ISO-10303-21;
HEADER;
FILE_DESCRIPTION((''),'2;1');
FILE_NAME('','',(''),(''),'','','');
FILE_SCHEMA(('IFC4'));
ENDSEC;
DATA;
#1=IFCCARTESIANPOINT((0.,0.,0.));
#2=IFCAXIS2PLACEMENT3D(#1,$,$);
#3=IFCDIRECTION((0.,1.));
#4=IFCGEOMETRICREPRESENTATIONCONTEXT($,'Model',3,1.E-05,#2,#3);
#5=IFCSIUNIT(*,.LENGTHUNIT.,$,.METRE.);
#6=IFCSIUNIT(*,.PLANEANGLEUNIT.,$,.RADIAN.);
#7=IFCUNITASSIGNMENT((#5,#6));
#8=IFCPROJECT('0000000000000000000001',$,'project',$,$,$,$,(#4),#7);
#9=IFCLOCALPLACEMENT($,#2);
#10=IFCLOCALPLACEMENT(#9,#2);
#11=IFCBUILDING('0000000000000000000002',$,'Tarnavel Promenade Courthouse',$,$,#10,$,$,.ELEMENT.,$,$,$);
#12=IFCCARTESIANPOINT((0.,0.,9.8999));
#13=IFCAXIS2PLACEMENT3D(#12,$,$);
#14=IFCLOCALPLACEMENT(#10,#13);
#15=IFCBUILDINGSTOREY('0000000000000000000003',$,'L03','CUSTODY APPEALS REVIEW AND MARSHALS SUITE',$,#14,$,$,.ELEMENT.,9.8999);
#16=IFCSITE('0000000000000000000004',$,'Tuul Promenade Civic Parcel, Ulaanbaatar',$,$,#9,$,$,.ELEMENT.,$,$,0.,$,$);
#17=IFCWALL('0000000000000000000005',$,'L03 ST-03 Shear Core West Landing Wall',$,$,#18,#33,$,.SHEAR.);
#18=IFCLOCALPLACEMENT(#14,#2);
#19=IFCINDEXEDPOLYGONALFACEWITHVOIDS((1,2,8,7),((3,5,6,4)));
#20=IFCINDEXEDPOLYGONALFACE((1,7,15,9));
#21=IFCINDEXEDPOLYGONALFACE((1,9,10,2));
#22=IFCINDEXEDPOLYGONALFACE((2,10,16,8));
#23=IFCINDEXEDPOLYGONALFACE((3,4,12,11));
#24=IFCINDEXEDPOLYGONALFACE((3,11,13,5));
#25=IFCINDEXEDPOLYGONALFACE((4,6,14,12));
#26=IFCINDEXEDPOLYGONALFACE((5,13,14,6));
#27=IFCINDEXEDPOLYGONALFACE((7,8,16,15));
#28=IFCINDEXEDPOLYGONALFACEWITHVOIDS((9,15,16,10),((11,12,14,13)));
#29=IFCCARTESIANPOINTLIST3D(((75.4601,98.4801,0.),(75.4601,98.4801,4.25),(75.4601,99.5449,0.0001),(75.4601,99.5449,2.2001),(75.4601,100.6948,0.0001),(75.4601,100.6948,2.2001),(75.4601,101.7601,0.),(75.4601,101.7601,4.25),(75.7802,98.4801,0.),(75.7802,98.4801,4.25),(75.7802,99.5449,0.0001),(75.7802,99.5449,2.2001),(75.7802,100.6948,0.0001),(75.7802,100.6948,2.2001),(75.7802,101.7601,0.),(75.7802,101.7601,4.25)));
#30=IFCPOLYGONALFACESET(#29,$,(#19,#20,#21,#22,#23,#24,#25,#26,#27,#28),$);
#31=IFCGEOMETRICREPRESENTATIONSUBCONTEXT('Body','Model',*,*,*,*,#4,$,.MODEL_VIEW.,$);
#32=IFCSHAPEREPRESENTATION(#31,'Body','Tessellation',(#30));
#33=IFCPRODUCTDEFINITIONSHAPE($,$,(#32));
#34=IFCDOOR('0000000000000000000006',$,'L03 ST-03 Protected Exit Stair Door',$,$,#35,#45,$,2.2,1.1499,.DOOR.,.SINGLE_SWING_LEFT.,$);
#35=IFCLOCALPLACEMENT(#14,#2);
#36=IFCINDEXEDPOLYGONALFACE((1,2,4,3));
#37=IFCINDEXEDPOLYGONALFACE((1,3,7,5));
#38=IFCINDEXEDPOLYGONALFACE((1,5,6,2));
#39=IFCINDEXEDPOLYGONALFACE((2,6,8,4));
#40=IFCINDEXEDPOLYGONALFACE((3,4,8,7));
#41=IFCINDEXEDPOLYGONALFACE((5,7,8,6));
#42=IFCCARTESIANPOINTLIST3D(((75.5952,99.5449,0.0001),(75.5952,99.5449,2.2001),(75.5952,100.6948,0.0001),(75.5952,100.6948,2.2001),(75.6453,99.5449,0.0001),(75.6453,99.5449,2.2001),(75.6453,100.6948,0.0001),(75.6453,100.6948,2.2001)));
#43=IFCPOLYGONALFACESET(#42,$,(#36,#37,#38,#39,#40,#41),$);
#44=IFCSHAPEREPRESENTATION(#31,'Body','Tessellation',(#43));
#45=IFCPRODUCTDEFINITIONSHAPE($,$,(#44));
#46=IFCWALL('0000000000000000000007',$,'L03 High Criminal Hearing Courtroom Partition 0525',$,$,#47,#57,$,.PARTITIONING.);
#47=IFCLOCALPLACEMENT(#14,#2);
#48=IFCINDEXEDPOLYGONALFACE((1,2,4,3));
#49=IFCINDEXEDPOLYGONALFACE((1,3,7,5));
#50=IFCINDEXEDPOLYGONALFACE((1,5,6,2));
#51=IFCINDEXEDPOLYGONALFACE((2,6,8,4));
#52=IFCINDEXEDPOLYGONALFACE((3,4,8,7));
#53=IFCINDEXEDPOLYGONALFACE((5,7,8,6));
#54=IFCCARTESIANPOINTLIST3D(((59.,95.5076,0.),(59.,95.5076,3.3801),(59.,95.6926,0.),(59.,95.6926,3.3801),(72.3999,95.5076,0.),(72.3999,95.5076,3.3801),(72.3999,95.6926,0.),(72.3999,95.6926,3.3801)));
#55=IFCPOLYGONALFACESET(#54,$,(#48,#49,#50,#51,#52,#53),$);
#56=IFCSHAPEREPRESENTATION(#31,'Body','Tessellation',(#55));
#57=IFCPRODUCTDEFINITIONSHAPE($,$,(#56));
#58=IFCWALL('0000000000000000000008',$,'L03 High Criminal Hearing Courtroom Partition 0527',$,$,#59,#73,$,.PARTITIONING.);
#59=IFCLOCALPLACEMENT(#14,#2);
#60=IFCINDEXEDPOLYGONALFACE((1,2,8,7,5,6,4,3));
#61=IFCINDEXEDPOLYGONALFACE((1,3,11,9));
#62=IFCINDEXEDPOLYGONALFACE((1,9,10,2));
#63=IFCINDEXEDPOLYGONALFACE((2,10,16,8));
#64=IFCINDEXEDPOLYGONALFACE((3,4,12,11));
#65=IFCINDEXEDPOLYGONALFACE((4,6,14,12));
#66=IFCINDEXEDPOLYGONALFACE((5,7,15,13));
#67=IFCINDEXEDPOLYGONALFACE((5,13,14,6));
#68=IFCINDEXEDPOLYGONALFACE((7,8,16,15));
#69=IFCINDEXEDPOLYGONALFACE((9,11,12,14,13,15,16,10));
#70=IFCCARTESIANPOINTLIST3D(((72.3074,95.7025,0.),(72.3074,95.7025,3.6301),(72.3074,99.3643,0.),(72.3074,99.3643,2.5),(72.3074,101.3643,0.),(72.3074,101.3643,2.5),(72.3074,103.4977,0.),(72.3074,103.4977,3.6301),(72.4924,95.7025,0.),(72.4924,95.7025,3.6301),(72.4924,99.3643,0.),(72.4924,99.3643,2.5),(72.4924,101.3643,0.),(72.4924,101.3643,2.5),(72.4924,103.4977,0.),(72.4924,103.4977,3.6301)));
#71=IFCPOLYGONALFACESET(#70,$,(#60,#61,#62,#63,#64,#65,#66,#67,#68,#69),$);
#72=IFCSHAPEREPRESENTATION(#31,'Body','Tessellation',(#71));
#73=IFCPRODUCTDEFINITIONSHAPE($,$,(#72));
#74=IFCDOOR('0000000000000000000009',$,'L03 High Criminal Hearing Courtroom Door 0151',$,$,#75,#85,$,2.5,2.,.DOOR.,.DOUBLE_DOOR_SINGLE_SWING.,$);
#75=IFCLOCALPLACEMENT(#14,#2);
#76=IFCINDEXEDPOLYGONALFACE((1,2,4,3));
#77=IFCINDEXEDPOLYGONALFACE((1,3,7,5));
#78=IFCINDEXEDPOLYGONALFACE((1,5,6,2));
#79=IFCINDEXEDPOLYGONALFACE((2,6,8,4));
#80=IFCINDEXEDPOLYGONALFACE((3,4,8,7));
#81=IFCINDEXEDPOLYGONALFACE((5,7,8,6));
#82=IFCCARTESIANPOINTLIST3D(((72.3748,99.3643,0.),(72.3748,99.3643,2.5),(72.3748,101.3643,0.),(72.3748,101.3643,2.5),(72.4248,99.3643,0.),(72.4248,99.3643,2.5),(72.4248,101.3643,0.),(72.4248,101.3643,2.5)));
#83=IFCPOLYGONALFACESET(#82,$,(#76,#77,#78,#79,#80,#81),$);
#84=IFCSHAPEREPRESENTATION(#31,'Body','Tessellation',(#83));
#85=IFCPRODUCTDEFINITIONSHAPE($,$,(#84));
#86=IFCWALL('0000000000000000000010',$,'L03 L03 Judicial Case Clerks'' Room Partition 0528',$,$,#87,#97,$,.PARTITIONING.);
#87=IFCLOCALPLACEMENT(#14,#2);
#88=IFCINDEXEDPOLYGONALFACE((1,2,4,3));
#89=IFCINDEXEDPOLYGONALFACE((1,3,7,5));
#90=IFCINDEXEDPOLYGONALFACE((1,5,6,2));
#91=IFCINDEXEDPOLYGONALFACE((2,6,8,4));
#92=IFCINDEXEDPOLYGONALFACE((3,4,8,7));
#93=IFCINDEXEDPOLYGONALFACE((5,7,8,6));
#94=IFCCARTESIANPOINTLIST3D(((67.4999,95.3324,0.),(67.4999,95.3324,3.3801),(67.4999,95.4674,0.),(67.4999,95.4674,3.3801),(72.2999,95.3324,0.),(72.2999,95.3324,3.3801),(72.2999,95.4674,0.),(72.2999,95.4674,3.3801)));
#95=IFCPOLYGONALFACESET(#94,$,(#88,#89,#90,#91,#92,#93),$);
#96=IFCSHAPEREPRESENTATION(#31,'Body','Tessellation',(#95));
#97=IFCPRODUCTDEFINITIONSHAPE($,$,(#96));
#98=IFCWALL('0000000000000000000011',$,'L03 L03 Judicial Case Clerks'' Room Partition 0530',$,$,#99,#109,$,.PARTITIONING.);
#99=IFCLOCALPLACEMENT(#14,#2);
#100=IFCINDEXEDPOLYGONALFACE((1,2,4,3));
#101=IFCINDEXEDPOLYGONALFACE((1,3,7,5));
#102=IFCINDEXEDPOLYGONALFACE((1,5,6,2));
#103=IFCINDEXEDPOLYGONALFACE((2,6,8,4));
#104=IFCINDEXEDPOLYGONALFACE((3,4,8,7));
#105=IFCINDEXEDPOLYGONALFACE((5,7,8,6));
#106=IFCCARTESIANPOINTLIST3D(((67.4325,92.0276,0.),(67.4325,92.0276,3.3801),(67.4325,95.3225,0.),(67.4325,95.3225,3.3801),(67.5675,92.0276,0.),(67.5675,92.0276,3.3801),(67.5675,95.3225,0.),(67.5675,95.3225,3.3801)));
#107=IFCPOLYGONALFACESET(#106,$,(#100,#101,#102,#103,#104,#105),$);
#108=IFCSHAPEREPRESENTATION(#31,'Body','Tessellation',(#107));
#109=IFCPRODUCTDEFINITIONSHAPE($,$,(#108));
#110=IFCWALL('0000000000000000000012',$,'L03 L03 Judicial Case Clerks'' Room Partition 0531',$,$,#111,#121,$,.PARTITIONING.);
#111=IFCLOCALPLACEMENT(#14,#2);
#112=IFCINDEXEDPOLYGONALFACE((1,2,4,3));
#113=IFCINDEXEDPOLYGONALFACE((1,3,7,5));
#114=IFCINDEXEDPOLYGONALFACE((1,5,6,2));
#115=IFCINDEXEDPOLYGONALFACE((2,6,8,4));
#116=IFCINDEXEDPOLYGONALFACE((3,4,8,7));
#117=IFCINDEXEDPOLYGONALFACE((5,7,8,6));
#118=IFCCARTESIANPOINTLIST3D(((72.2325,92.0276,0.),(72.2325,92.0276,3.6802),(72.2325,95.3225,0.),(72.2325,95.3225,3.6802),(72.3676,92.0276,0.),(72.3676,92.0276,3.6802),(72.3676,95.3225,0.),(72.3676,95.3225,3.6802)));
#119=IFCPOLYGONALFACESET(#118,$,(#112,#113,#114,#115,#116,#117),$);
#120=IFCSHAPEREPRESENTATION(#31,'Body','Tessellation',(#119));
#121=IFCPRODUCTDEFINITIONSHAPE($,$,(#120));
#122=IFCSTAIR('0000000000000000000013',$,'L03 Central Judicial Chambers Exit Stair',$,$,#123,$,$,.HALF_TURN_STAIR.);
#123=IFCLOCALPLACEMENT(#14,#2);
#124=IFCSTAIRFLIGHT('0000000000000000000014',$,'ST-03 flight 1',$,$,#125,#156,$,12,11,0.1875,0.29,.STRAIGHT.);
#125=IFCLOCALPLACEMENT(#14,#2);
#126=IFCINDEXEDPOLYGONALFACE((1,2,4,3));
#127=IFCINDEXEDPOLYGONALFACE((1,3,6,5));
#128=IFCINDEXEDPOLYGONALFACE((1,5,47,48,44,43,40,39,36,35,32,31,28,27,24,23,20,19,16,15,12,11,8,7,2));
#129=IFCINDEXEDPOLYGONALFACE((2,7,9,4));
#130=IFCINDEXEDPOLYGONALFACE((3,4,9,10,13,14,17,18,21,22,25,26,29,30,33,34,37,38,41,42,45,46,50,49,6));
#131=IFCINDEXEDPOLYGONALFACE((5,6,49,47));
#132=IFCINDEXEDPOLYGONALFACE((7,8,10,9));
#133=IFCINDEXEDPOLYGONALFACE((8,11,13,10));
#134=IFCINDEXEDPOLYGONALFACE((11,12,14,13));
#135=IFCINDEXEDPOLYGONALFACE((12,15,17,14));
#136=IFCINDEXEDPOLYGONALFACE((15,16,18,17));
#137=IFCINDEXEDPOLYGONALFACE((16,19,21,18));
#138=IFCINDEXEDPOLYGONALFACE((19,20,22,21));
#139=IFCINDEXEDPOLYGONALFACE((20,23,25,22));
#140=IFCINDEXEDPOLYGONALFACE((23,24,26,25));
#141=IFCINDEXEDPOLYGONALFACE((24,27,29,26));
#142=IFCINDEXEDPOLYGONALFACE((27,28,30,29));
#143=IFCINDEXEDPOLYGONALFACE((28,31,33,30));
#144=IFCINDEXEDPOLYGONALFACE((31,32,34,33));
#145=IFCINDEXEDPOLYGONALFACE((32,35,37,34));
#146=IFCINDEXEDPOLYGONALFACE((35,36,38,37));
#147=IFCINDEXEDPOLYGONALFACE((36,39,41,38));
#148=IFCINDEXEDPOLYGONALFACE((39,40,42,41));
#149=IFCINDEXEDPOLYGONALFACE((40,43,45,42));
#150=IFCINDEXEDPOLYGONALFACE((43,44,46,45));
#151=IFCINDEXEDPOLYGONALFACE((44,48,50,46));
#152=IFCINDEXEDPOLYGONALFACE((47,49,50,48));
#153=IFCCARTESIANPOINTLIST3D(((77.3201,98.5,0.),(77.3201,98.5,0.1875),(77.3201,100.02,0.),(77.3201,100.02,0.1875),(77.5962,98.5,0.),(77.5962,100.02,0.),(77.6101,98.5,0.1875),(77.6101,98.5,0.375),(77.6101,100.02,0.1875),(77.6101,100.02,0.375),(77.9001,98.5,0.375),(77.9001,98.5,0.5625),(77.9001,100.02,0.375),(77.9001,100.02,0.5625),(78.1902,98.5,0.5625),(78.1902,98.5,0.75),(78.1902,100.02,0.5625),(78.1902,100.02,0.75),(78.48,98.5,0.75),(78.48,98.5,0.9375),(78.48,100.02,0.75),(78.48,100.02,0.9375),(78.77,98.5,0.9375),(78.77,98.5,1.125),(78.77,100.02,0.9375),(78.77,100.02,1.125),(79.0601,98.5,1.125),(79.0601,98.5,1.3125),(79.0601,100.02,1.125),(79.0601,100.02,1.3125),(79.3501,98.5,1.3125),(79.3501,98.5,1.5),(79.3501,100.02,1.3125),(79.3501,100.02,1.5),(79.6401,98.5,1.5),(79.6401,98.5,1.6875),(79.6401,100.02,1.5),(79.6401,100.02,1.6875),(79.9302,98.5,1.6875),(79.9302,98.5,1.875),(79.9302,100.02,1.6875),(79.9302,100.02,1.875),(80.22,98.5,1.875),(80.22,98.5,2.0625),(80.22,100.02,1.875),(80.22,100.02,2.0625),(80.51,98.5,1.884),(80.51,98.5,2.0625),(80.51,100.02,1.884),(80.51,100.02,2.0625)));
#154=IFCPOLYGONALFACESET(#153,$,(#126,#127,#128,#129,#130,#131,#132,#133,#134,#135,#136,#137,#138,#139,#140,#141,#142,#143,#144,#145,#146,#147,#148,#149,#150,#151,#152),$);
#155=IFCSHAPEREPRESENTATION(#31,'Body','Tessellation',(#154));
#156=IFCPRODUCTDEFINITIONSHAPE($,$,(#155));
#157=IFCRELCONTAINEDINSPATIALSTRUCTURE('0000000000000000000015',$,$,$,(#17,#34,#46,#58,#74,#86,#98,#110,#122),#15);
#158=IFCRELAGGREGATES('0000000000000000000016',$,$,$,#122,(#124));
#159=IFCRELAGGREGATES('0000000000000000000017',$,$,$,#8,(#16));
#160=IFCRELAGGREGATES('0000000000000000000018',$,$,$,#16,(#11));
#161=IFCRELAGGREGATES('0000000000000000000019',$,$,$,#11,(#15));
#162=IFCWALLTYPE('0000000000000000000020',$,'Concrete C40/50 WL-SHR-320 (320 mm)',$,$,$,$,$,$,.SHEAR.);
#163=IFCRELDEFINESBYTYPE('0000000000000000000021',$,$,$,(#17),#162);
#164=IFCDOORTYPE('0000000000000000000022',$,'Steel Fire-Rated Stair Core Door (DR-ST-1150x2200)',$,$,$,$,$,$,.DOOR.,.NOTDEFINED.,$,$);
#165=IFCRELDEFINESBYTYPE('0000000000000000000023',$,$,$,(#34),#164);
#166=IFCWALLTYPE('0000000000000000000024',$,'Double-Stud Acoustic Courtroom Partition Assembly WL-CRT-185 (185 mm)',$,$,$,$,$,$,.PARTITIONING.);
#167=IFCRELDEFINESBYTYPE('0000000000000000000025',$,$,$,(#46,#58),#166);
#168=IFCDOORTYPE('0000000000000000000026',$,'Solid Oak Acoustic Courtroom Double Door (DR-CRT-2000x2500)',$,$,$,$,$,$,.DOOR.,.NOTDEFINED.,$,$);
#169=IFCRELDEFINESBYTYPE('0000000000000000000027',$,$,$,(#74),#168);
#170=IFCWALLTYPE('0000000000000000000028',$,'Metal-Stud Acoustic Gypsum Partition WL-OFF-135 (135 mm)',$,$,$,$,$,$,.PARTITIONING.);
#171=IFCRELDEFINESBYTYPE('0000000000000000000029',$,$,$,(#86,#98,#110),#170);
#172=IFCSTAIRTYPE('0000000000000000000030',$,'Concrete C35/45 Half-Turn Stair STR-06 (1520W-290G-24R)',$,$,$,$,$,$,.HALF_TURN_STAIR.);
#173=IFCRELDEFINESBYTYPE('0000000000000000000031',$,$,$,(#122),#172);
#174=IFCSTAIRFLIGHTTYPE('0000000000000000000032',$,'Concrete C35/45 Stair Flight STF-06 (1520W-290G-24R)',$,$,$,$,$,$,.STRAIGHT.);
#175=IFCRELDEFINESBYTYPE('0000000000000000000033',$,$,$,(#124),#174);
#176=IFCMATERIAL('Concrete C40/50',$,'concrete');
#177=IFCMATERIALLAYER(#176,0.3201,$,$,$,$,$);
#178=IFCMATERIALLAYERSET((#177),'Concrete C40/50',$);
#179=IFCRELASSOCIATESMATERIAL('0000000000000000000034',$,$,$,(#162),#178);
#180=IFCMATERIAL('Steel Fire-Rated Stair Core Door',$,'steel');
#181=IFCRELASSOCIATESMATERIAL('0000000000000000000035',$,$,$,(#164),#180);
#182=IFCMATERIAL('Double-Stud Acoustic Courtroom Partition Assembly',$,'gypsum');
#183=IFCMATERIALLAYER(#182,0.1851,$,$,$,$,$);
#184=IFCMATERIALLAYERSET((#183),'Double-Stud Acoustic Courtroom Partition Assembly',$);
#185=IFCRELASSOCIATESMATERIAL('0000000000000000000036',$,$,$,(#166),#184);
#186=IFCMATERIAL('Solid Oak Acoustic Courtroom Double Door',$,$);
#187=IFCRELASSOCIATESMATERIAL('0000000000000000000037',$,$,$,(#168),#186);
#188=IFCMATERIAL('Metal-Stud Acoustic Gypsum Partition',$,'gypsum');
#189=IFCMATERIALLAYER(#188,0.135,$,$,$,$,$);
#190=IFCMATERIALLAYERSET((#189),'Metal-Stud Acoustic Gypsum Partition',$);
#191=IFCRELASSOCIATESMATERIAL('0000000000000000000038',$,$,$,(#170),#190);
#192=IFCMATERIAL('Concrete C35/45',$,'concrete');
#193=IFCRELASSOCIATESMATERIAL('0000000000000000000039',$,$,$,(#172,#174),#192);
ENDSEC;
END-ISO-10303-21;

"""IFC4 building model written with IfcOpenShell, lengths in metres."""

from ifc_helpers import new_model, si_unit, direction, frame, frame_2d, origin, place, context, subcontext, project, spatial, polyline, rectangle, outline, extrude, material, layer, layer_set, type_object, element, fill, aggregate, save


model = new_model("IFC4")

# Units and contexts
model_context = context("Model", 3, precision=1e-05, world=origin(), true_north=direction((0.0, 1.0)))
body_context = subcontext(model_context, "Body", "Model", "MODEL_VIEW")
ifc_project = project(units=[si_unit("LENGTHUNIT", "METRE"), si_unit("PLANEANGLEUNIT", "RADIAN")], contexts=[model_context])

# Site, building, storey
site_placement = place(None, origin())
site = spatial("IfcSite", under=ifc_project, at=site_placement, Name="Tuul Promenade Civic Parcel, Ulaanbaatar", CompositionType="ELEMENT", RefElevation=0.0)
building_placement = place(site_placement, origin())
building = spatial("IfcBuilding", under=site, at=building_placement, Name="Tarnavel Promenade Courthouse", CompositionType="ELEMENT")
storey_placement = place(building_placement, frame((0.0, 0.0, 9.8999)))
storey = spatial("IfcBuildingStorey", under=building, at=storey_placement, Name="L03", Description="CUSTODY APPEALS REVIEW AND MARSHALS SUITE", CompositionType="ELEMENT", Elevation=9.8999)

# Shared definitions
ifc_material_1 = material(Name="Concrete C40/50", Category="concrete")

# Shared definitions
ifc_layer_1 = layer(ifc_material_1, 0.3201)
ifc_layer_set_1 = layer_set([ifc_layer_1], Name="Concrete C40/50")
wall_type_1 = type_object("IfcWallType", Name="Concrete C40/50 WL-SHR-320 (320 mm)", PredefinedType="SHEAR", material=ifc_layer_set_1)

# Wall, opening, door
wall_1_placement = place(storey_placement, frame((75.6201, 98.48, 0.0), z_axis=(0.0, 0.0, 1.0), x_axis=(0.0, 1.0, 0.0)))
wall_1 = element("IfcWall", 1, at=wall_1_placement, inside=storey, type_object=wall_type_1, Name="L03 ST-03 Shear Core West Landing Wall", PredefinedType="SHEAR", context=body_context, shape_type="SweptSolid", body=[
    extrude(rectangle(XDim=3.28, YDim=0.3201, at=frame_2d((1.6401, 0.0))), origin(), (0.0, 0.0, 1.0), 4.25),
])
opening_1_placement = place(wall_1_placement, frame((1.0649, 0.0, 0.0)))
opening_1 = element("IfcOpeningElement", 2, at=opening_1_placement, cuts=wall_1, PredefinedType="OPENING", context=body_context, shape_type="SweptSolid", body=[
    extrude(rectangle(XDim=1.1499, YDim=2.2, at=frame_2d((0.575, 1.1001))), frame((0.0, 0.1699, 0.0), z_axis=(0.0, -1.0, 0.0), x_axis=(1.0, 0.0, 0.0)), (0.0, 0.0, 1.0), 0.3401),
])
ifc_material_2 = material(Name="Steel Fire-Rated Stair Core Door", Category="steel")
door_type_1 = type_object("IfcDoorType", Name="Steel Fire-Rated Stair Core Door (DR-ST-1150x2200)", OperationType="NOTDEFINED", PredefinedType="DOOR", material=ifc_material_2)
door_1_placement = place(opening_1_placement, origin())
door_1 = element("IfcDoor", 3, at=door_1_placement, inside=storey, type_object=door_type_1, Name="L03 ST-03 Protected Exit Stair Door", OperationType="SINGLE_SWING_LEFT", OverallHeight=2.2, OverallWidth=1.1499, PredefinedType="DOOR", context=body_context, shape_type="SweptSolid", body=[
    extrude(rectangle(XDim=1.1499, YDim=2.2, at=frame_2d((0.575, 1.1001))), frame((0.0, 0.0249, 0.0), z_axis=(0.0, -1.0, 0.0), x_axis=(1.0, 0.0, 0.0)), (0.0, 0.0, 1.0), 0.05),
])
fill(opening_1, door_1)

# Wall
ifc_material_3 = material(Name="Double-Stud Acoustic Courtroom Partition Assembly", Category="gypsum")
ifc_layer_2 = layer(ifc_material_3, 0.1851)
ifc_layer_set_2 = layer_set([ifc_layer_2], Name="Double-Stud Acoustic Courtroom Partition Assembly")
wall_type_2 = type_object("IfcWallType", Name="Double-Stud Acoustic Courtroom Partition Assembly WL-CRT-185 (185 mm)", PredefinedType="PARTITIONING", material=ifc_layer_set_2)
wall_2_placement = place(storey_placement, frame((72.3999, 95.6001, 0.0), z_axis=(0.0, 0.0, 1.0), x_axis=(-1.0, 0.0, 0.0)))
element("IfcWall", 4, at=wall_2_placement, inside=storey, type_object=wall_type_2, Name="L03 High Criminal Hearing Courtroom Partition 0525", PredefinedType="PARTITIONING", context=body_context, shape_type="SweptSolid", body=[
    extrude(rectangle(XDim=13.3999, YDim=0.1851, at=frame_2d((6.7, 0.0))), origin(), (0.0, 0.0, 1.0), 3.3801),
])

# Wall, opening, door
wall_3_placement = place(storey_placement, frame((72.3999, 103.4976, 0.0), z_axis=(0.0, 0.0, 1.0), x_axis=(0.0, -1.0, 0.0)))
wall_3 = element("IfcWall", 5, at=wall_3_placement, inside=storey, type_object=wall_type_2, Name="L03 High Criminal Hearing Courtroom Partition 0527", PredefinedType="PARTITIONING", context=body_context, shape_type="SweptSolid", body=[
    extrude(rectangle(XDim=7.7952, YDim=0.1851, at=frame_2d((3.8975, 0.0))), origin(), (0.0, 0.0, 1.0), 3.6301),
])
opening_2_placement = place(wall_3_placement, frame((2.1333, 0.0, 0.0)))
opening_2 = element("IfcOpeningElement", 6, at=opening_2_placement, cuts=wall_3, PredefinedType="OPENING", context=body_context, shape_type="SweptSolid", body=[
    extrude(rectangle(XDim=2.0, YDim=2.5, at=frame_2d((1.0, 1.25))), frame((0.0, 0.1025, 0.0), z_axis=(0.0, -1.0, 0.0), x_axis=(1.0, 0.0, 0.0)), (0.0, 0.0, 1.0), 0.2051),
])
ifc_material_4 = material(Name="Solid Oak Acoustic Courtroom Double Door")
door_type_2 = type_object("IfcDoorType", Name="Solid Oak Acoustic Courtroom Double Door (DR-CRT-2000x2500)", OperationType="NOTDEFINED", PredefinedType="DOOR", material=ifc_material_4)
door_2_placement = place(opening_2_placement, origin())
door_2 = element("IfcDoor", 7, at=door_2_placement, inside=storey, type_object=door_type_2, Name="L03 High Criminal Hearing Courtroom Door 0151", OperationType="DOUBLE_DOOR_SINGLE_SWING", OverallHeight=2.5, OverallWidth=2.0, PredefinedType="DOOR", context=body_context, shape_type="SweptSolid", body=[
    extrude(rectangle(XDim=2.0, YDim=2.5, at=frame_2d((1.0, 1.25))), frame((0.0, 0.0249, 0.0), z_axis=(0.0, -1.0, 0.0), x_axis=(1.0, 0.0, 0.0)), (0.0, 0.0, 1.0), 0.05),
])
fill(opening_2, door_2)

# Walls
ifc_material_5 = material(Name="Metal-Stud Acoustic Gypsum Partition", Category="gypsum")
ifc_layer_3 = layer(ifc_material_5, 0.135)
ifc_layer_set_3 = layer_set([ifc_layer_3], Name="Metal-Stud Acoustic Gypsum Partition")
wall_type_3 = type_object("IfcWallType", Name="Metal-Stud Acoustic Gypsum Partition WL-OFF-135 (135 mm)", PredefinedType="PARTITIONING", material=ifc_layer_set_3)
wall_4_placement = place(storey_placement, frame((67.5, 95.3999, 0.0), z_axis=(0.0, 0.0, 1.0), x_axis=(1.0, 0.0, 0.0)))
element("IfcWall", 8, at=wall_4_placement, inside=storey, type_object=wall_type_3, Name="L03 L03 Judicial Case Clerks' Room Partition 0528", PredefinedType="PARTITIONING", context=body_context, shape_type="SweptSolid", body=[
    extrude(rectangle(XDim=4.8, YDim=0.135, at=frame_2d((2.3999, 0.0))), origin(), (0.0, 0.0, 1.0), 3.3801),
])
wall_5_placement = place(storey_placement, frame((67.5, 92.0276, 0.0), z_axis=(0.0, 0.0, 1.0), x_axis=(0.0, 1.0, 0.0)))
element("IfcWall", 9, at=wall_5_placement, inside=storey, type_object=wall_type_3, Name="L03 L03 Judicial Case Clerks' Room Partition 0530", PredefinedType="PARTITIONING", context=body_context, shape_type="SweptSolid", body=[
    extrude(rectangle(XDim=3.2949, YDim=0.135, at=frame_2d((1.6475, 0.0))), origin(), (0.0, 0.0, 1.0), 3.3801),
])
wall_6_placement = place(storey_placement, frame((72.3, 95.3225, 0.0), z_axis=(0.0, 0.0, 1.0), x_axis=(0.0, -1.0, 0.0)))
element("IfcWall", 10, at=wall_6_placement, inside=storey, type_object=wall_type_3, Name="L03 L03 Judicial Case Clerks' Room Partition 0531", PredefinedType="PARTITIONING", context=body_context, shape_type="SweptSolid", body=[
    extrude(rectangle(XDim=3.2949, YDim=0.135, at=frame_2d((1.6475, 0.0))), origin(), (0.0, 0.0, 1.0), 3.6802),
])

# Stair, stair flight
ifc_material_6 = material(Name="Concrete C35/45", Category="concrete")
stair_type = type_object("IfcStairType", Name="Concrete C35/45 Half-Turn Stair STR-06 (1520W-290G-24R)", PredefinedType="HALF_TURN_STAIR", material=ifc_material_6)
stair_placement = place(storey_placement, origin())
stair = element("IfcStair", 11, at=stair_placement, inside=storey, type_object=stair_type, Name="L03 Central Judicial Chambers Exit Stair", PredefinedType="HALF_TURN_STAIR")
stair_flight_type = type_object("IfcStairFlightType", Name="Concrete C35/45 Stair Flight STF-06 (1520W-290G-24R)", PredefinedType="STRAIGHT", material=ifc_material_6)
stair_flight_placement = place(storey_placement, frame((77.3201, 99.26, 0.0), z_axis=(0.0, 0.0, 1.0), x_axis=(1.0, 0.0, 0.0)))
stair_flight = element("IfcStairFlight", 12, at=stair_flight_placement, type_object=stair_flight_type, Name="ST-03 flight 1", NumberOfRisers=12, NumberOfTreads=11, PredefinedType="STRAIGHT", RiserHeight=0.1875, TreadLength=0.29, context=body_context, shape_type="SweptSolid", body=[
    extrude(outline(polyline([(0.0, 0.0), (0.0, 0.1875), (0.29, 0.1875), (0.29, 0.375), (0.5801, 0.375), (0.5801, 0.5625), (0.8701, 0.5625), (0.8701, 0.75), (1.1599, 0.75), (1.1599, 0.9375), (1.45, 0.9375), (1.45, 1.125), (1.74, 1.125), (1.74, 1.3125), (2.03, 1.3125), (2.03, 1.5), (2.3201, 1.5), (2.3201, 1.6875), (2.6101, 1.6875), (2.6101, 1.875), (2.8999, 1.875), (2.8999, 2.0625), (3.1899, 2.0625), (3.1899, 2.25), (3.1899, 1.884), (0.2761, 0.0), (0.0, 0.0)])), frame((0.0, 0.76, 0.0), z_axis=(0.0, -1.0, 0.0), x_axis=(1.0, 0.0, 0.0)), (0.0, 0.0, 1.0), 1.52),
])
aggregate(stair, [stair_flight])

save(model, "model.ifc")
